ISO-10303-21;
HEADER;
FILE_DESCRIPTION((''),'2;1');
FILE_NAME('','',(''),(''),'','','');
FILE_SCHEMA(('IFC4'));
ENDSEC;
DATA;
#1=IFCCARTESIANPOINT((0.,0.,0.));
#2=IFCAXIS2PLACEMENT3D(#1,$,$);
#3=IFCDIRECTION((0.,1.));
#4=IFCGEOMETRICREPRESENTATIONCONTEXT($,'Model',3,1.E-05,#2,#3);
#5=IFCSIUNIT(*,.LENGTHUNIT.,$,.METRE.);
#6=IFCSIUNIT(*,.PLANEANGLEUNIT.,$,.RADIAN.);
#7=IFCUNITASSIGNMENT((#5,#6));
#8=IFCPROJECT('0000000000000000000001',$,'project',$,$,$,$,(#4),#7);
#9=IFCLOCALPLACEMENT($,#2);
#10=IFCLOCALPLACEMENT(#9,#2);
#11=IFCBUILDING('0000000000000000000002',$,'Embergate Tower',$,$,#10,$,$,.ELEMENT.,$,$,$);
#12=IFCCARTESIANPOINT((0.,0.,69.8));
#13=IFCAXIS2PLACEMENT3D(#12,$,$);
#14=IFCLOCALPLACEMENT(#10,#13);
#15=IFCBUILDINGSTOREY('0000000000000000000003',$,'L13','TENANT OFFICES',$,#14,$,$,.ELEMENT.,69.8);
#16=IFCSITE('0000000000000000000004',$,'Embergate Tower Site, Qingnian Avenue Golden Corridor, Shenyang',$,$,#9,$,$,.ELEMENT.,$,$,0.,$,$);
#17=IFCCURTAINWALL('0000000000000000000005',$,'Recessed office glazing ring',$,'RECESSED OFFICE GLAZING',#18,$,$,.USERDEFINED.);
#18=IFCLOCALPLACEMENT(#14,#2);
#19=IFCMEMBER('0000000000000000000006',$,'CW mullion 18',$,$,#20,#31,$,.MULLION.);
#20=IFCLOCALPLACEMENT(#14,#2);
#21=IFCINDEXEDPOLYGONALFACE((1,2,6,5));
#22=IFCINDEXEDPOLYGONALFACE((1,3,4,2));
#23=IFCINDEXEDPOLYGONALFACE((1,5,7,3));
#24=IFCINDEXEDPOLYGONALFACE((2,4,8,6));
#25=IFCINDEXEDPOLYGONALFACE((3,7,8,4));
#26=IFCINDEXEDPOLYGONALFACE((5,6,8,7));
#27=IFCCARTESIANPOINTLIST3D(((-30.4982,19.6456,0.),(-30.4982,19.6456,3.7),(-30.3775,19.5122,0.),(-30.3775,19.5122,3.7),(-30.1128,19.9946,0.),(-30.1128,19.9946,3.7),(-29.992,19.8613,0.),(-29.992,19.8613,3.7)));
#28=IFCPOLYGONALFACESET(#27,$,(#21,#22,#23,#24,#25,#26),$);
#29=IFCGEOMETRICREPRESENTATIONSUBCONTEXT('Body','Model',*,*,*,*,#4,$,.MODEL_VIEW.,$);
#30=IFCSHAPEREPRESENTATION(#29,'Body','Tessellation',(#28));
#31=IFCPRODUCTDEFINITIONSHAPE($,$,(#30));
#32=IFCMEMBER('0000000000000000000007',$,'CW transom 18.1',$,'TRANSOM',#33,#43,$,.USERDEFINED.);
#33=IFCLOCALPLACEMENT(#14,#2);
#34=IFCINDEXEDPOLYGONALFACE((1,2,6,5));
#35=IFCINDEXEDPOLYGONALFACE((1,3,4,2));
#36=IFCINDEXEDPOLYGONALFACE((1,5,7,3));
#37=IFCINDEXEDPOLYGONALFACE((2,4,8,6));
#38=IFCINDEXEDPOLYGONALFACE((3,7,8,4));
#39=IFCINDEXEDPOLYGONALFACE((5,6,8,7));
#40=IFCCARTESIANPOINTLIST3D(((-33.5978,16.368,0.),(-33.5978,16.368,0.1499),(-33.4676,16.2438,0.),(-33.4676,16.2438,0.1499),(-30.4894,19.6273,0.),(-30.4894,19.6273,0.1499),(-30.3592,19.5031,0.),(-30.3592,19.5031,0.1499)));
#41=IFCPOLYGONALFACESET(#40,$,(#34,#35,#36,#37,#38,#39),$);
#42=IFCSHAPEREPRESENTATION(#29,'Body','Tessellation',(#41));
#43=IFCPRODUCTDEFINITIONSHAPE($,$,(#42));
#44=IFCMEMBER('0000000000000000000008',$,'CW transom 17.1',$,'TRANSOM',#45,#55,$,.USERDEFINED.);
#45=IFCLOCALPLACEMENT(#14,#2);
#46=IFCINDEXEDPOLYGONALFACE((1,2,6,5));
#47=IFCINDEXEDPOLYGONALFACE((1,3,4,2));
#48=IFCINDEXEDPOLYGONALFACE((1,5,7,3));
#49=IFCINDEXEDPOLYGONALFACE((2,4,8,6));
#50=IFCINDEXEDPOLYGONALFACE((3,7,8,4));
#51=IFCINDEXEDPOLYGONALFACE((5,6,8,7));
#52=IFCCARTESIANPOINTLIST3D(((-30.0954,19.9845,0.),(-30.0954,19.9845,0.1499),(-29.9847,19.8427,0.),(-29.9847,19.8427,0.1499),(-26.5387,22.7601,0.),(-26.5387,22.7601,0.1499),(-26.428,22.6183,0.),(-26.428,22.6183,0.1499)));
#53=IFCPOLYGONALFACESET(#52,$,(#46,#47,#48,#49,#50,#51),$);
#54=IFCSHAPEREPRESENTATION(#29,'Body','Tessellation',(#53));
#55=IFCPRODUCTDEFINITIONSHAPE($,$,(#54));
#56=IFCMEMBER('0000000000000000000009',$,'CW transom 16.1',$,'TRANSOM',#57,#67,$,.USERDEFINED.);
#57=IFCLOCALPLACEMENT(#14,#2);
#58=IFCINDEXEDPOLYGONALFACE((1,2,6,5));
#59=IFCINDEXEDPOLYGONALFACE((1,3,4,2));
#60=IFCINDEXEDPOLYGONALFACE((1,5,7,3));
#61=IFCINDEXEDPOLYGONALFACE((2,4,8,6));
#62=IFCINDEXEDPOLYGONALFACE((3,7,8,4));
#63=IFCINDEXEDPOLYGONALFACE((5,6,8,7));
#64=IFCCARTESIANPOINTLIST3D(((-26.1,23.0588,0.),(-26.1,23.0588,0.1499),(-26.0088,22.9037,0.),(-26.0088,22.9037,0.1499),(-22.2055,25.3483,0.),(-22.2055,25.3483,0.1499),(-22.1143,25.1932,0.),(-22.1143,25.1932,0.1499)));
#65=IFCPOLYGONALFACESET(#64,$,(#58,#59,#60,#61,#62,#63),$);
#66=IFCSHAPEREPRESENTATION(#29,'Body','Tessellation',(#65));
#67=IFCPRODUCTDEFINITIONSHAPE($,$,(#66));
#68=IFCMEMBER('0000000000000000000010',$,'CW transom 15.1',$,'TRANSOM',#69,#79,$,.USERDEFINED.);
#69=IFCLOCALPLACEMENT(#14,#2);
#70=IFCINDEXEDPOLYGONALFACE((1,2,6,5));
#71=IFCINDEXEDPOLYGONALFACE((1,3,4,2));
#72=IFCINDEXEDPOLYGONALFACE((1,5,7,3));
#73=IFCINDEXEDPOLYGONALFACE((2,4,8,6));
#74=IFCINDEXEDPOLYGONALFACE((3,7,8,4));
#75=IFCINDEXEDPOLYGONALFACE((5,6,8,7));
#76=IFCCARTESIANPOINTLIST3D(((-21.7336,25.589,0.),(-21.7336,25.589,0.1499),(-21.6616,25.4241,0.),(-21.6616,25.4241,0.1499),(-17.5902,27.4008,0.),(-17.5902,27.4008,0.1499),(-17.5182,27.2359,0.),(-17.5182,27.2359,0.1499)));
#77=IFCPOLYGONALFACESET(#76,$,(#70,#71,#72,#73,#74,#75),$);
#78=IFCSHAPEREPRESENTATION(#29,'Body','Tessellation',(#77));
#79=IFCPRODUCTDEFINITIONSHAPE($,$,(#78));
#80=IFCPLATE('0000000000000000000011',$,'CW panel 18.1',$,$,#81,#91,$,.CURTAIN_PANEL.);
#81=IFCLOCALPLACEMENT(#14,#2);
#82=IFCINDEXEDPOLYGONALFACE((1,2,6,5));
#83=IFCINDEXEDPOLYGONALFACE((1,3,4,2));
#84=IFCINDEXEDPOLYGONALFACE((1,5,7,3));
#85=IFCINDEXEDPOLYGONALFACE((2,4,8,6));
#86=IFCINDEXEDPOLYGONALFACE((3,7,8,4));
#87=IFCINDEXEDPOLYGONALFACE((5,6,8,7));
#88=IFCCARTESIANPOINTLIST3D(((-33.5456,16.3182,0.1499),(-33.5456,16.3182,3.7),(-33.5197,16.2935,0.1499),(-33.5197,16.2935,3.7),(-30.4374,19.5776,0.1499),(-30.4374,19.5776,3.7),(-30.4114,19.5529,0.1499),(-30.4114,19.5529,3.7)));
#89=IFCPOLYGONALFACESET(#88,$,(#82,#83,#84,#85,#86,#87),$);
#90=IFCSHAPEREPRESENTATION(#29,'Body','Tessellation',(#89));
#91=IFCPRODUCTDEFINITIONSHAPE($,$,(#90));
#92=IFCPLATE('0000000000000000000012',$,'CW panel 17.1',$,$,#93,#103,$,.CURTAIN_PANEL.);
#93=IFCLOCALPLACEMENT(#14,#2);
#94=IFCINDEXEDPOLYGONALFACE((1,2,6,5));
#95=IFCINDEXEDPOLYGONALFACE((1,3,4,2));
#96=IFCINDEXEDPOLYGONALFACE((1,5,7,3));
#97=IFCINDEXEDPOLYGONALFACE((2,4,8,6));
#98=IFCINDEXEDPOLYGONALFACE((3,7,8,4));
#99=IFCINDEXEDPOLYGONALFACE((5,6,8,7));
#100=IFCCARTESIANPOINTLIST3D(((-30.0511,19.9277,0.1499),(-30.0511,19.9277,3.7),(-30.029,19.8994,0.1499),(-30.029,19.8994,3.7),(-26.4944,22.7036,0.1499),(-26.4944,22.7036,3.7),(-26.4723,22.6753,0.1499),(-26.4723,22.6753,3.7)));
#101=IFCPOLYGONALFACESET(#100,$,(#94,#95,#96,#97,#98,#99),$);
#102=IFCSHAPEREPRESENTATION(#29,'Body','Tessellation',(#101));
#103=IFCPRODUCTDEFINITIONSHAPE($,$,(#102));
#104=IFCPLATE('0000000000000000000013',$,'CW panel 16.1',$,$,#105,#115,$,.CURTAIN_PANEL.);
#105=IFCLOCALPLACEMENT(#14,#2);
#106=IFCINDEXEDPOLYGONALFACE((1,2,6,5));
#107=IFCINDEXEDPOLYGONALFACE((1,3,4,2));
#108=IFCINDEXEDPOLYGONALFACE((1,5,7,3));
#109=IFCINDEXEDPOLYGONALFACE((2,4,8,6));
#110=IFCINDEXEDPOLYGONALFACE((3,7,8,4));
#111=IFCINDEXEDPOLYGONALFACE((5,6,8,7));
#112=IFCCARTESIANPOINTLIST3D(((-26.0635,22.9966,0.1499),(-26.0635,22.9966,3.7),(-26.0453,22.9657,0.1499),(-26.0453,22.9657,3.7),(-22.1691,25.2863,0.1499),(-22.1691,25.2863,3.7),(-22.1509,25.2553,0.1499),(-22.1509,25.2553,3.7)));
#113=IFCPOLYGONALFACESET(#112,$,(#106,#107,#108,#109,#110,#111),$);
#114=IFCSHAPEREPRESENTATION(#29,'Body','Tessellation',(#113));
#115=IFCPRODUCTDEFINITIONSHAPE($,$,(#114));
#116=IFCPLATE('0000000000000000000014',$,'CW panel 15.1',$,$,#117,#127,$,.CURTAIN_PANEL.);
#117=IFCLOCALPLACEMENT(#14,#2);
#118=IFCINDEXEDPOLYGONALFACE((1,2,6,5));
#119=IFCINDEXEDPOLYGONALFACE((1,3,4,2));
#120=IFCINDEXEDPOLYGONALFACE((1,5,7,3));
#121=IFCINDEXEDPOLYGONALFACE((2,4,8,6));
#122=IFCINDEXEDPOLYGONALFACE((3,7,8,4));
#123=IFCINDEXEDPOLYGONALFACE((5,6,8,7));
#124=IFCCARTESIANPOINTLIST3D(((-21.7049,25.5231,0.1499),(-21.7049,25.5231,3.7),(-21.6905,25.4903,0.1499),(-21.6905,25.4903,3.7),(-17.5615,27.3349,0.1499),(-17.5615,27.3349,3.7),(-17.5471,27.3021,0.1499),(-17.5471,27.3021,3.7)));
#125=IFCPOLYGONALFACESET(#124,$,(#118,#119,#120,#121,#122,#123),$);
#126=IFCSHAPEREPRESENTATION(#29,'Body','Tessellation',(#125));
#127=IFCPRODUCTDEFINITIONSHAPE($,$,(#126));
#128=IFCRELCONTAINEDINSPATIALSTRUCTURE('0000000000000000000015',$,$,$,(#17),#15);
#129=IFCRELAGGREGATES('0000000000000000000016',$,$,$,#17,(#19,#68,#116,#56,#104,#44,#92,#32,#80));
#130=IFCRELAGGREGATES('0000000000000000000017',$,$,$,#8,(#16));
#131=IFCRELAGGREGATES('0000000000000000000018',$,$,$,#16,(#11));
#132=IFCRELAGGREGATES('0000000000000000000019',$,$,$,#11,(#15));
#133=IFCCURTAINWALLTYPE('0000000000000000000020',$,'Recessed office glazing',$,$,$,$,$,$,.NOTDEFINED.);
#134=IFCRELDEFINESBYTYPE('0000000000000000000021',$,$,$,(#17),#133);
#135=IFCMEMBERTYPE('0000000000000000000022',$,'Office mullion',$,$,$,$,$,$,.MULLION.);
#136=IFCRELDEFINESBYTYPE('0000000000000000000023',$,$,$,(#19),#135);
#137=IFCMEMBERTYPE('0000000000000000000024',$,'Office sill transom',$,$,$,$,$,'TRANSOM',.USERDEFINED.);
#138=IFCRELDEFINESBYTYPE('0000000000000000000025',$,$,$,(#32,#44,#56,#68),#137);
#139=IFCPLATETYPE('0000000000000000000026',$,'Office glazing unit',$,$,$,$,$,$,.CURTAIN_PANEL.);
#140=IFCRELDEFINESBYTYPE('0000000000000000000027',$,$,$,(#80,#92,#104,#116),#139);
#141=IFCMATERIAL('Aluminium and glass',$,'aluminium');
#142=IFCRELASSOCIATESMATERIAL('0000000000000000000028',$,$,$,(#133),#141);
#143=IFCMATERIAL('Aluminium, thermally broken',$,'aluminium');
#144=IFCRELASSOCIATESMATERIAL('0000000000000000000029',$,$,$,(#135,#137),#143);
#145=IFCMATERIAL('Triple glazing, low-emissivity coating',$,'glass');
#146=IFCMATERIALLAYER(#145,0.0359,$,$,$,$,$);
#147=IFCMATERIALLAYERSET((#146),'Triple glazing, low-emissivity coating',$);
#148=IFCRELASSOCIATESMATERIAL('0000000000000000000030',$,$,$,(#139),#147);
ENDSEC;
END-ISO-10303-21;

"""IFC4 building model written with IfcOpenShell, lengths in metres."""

from ifc_helpers import new_model, si_unit, direction, frame, origin, origin_2d, place, context, subcontext, project, spatial, rectangle, extrude, source, transform, mapped, material, layer, layer_set, material_profile, profile_set, type_object, element, aggregate, save


model = new_model("IFC4")

# Units and contexts
model_context = context("Model", 3, precision=1e-05, world=origin(), true_north=direction((0.0, 1.0)))
body_context = subcontext(model_context, "Body", "Model", "MODEL_VIEW")
ifc_project = project(units=[si_unit("LENGTHUNIT", "METRE"), si_unit("PLANEANGLEUNIT", "RADIAN")], contexts=[model_context])

# Site, building, storey
site_placement = place(None, origin())
site = spatial("IfcSite", under=ifc_project, at=site_placement, Name="Embergate Tower Site, Qingnian Avenue Golden Corridor, Shenyang", CompositionType="ELEMENT", RefElevation=0.0)
building_placement = place(site_placement, origin())
building = spatial("IfcBuilding", under=site, at=building_placement, Name="Embergate Tower", CompositionType="ELEMENT")
storey_placement = place(building_placement, frame((0.0, 0.0, 69.8)))
storey = spatial("IfcBuildingStorey", under=building, at=storey_placement, Name="L13", Description="TENANT OFFICES", CompositionType="ELEMENT", Elevation=69.8)

# Curtain wall, members, plates
ifc_material_1 = material(Name="Aluminium and glass", Category="aluminium")
curtain_wall_type = type_object("IfcCurtainWallType", Name="Recessed office glazing", PredefinedType="NOTDEFINED", material=ifc_material_1)
curtain_wall_placement = place(storey_placement, origin())
curtain_wall = element("IfcCurtainWall", 1, at=curtain_wall_placement, inside=storey, type_object=curtain_wall_type, Name="Recessed office glazing ring", ObjectType="RECESSED OFFICE GLAZING", PredefinedType="USERDEFINED")
ifc_material_2 = material(Name="Aluminium, thermally broken", Category="aluminium")
ifc_material_profile_1 = material_profile(ifc_material_2, rectangle(XDim=0.1799, YDim=0.52, at=origin_2d()), Name="AL 520x180")
ifc_profile_set_1 = profile_set([ifc_material_profile_1], Name="Aluminium, thermally broken")
member_type_1 = type_object("IfcMemberType", Name="Office mullion", PredefinedType="MULLION", material=ifc_profile_set_1)
shared_shape_1 = source(origin(), body_context, "Body", "SweptSolid", [
    extrude(rectangle(XDim=0.1799, YDim=0.52, at=origin_2d()), origin(), (0.0, 0.0, 1.0), 3.7),
])
member_1_placement = place(storey_placement, frame((-30.2451, 19.7534, 0.0), z_axis=(0.0, 0.0, 1.0), x_axis=(0.671234, -0.741245, 0.0)))
member_1 = element("IfcMember", 2, at=member_1_placement, type_object=member_type_1, Name="CW mullion 18", PredefinedType="MULLION", context=body_context, shape_type="MappedRepresentation", body=[
    mapped(shared_shape_1, transform((0.0, 0.0, 0.0))),
])
ifc_material_profile_2 = material_profile(ifc_material_2, rectangle(XDim=0.1799, YDim=0.1499, at=origin_2d()), Name="AL 150x180")
ifc_profile_set_2 = profile_set([ifc_material_profile_2], Name="Aluminium, thermally broken")
member_type_2 = type_object("IfcMemberType", Name="Office sill transom", ElementType="TRANSOM", PredefinedType="USERDEFINED", material=ifc_profile_set_2)
shared_shape_2 = source(origin(), body_context, "Body", "SweptSolid", [
    extrude(rectangle(XDim=0.1799, YDim=0.1499, at=origin_2d()), origin(), (0.0, 0.0, 1.0), 4.5039),
])
member_2_placement = place(storey_placement, frame((-30.4243, 19.5652, 0.075), z_axis=(-0.690159, -0.723658, 0.0), x_axis=(0.723658, -0.690159, 0.0)))
member_2 = element("IfcMember", 3, at=member_2_placement, type_object=member_type_2, Name="CW transom 18.1", ObjectType="TRANSOM", PredefinedType="USERDEFINED", context=body_context, shape_type="MappedRepresentation", body=[
    mapped(shared_shape_2, transform((0.0, 0.0, 0.0))),
])
shared_shape_3 = source(origin(), body_context, "Body", "SweptSolid", [
    extrude(rectangle(XDim=0.1799, YDim=0.1499, at=origin_2d()), origin(), (0.0, 0.0, 1.0), 4.5115),
])
member_3_placement = place(storey_placement, frame((-26.4834, 22.6892, 0.075), z_axis=(-0.788346, -0.615232, 0.0), x_axis=(0.615232, -0.788346, 0.0)))
member_3 = element("IfcMember", 4, at=member_3_placement, type_object=member_type_2, Name="CW transom 17.1", ObjectType="TRANSOM", PredefinedType="USERDEFINED", context=body_context, shape_type="MappedRepresentation", body=[
    mapped(shared_shape_3, transform((0.0, 0.0, 0.0))),
])
shared_shape_4 = source(origin(), body_context, "Body", "SweptSolid", [
    extrude(rectangle(XDim=0.1799, YDim=0.1499, at=origin_2d()), origin(), (0.0, 0.0, 1.0), 4.5176),
])
member_4_placement = place(storey_placement, frame((-22.1599, 25.2708, 0.075), z_axis=(-0.862065, -0.506798, 0.0), x_axis=(0.506798, -0.862065, 0.0)))
member_4 = element("IfcMember", 5, at=member_4_placement, type_object=member_type_2, Name="CW transom 16.1", ObjectType="TRANSOM", PredefinedType="USERDEFINED", context=body_context, shape_type="MappedRepresentation", body=[
    mapped(shared_shape_4, transform((0.0, 0.0, 0.0))),
])
shared_shape_5 = source(origin(), body_context, "Body", "SweptSolid", [
    extrude(rectangle(XDim=0.1799, YDim=0.1499, at=origin_2d()), origin(), (0.0, 0.0, 1.0), 4.5222),
])
member_5_placement = place(storey_placement, frame((-17.5542, 27.3184, 0.075), z_axis=(-0.916233, -0.400646, 0.0), x_axis=(0.400646, -0.916233, 0.0)))
member_5 = element("IfcMember", 6, at=member_5_placement, type_object=member_type_2, Name="CW transom 15.1", ObjectType="TRANSOM", PredefinedType="USERDEFINED", context=body_context, shape_type="MappedRepresentation", body=[
    mapped(shared_shape_5, transform((0.0, 0.0, 0.0))),
])
ifc_material_3 = material(Name="Triple glazing, low-emissivity coating", Category="glass")
ifc_layer_1 = layer(ifc_material_3, 0.0359)
ifc_layer_set_1 = layer_set([ifc_layer_1], Name="Triple glazing, low-emissivity coating")
plate_type = type_object("IfcPlateType", Name="Office glazing unit", PredefinedType="CURTAIN_PANEL", material=ifc_layer_set_1)
shared_shape_6 = source(origin(), body_context, "Body", "SweptSolid", [
    extrude(rectangle(XDim=4.5039, YDim=0.0359, at=origin_2d()), origin(), (0.0, 0.0, 1.0), 3.55),
])
plate_1_placement = place(storey_placement, frame((-31.9785, 17.9355, 0.1499), z_axis=(0.0, 0.0, 1.0), x_axis=(-0.69013, -0.723685, 0.0)))
plate_1 = element("IfcPlate", 7, at=plate_1_placement, type_object=plate_type, Name="CW panel 18.1", PredefinedType="CURTAIN_PANEL", context=body_context, shape_type="MappedRepresentation", body=[
    mapped(shared_shape_6, transform((0.0, 0.0, 0.0))),
])
shared_shape_7 = source(origin(), body_context, "Body", "SweptSolid", [
    extrude(rectangle(XDim=4.5117, YDim=0.0359, at=origin_2d()), origin(), (0.0, 0.0, 1.0), 3.55),
])
plate_2_placement = place(storey_placement, frame((-28.2617, 21.3015, 0.1499), z_axis=(0.0, 0.0, 1.0), x_axis=(-0.788317, -0.615269, 0.0)))
plate_2 = element("IfcPlate", 8, at=plate_2_placement, type_object=plate_type, Name="CW panel 17.1", PredefinedType="CURTAIN_PANEL", context=body_context, shape_type="MappedRepresentation", body=[
    mapped(shared_shape_7, transform((0.0, 0.0, 0.0))),
])
shared_shape_8 = source(origin(), body_context, "Body", "SweptSolid", [
    extrude(rectangle(XDim=4.5176, YDim=0.0359, at=origin_2d()), origin(), (0.0, 0.0, 1.0), 3.55),
])
plate_3_placement = place(storey_placement, frame((-24.1072, 24.126, 0.1499), z_axis=(0.0, 0.0, 1.0), x_axis=(-0.862051, -0.506822, 0.0)))
plate_3 = element("IfcPlate", 9, at=plate_3_placement, type_object=plate_type, Name="CW panel 16.1", PredefinedType="CURTAIN_PANEL", context=body_context, shape_type="MappedRepresentation", body=[
    mapped(shared_shape_8, transform((0.0, 0.0, 0.0))),
])
shared_shape_9 = source(origin(), body_context, "Body", "SweptSolid", [
    extrude(rectangle(XDim=4.5222, YDim=0.0359, at=origin_2d()), origin(), (0.0, 0.0, 1.0), 3.55),
])
plate_4_placement = place(storey_placement, frame((-19.626, 26.4126, 0.1499), z_axis=(0.0, 0.0, 1.0), x_axis=(-0.916234, -0.400643, 0.0)))
plate_4 = element("IfcPlate", 10, at=plate_4_placement, type_object=plate_type, Name="CW panel 15.1", PredefinedType="CURTAIN_PANEL", context=body_context, shape_type="MappedRepresentation", body=[
    mapped(shared_shape_9, transform((0.0, 0.0, 0.0))),
])
aggregate(curtain_wall, [member_1, member_5, plate_4, member_4, plate_3, member_3, plate_2, member_2, plate_1])

save(model, "model.ifc")
